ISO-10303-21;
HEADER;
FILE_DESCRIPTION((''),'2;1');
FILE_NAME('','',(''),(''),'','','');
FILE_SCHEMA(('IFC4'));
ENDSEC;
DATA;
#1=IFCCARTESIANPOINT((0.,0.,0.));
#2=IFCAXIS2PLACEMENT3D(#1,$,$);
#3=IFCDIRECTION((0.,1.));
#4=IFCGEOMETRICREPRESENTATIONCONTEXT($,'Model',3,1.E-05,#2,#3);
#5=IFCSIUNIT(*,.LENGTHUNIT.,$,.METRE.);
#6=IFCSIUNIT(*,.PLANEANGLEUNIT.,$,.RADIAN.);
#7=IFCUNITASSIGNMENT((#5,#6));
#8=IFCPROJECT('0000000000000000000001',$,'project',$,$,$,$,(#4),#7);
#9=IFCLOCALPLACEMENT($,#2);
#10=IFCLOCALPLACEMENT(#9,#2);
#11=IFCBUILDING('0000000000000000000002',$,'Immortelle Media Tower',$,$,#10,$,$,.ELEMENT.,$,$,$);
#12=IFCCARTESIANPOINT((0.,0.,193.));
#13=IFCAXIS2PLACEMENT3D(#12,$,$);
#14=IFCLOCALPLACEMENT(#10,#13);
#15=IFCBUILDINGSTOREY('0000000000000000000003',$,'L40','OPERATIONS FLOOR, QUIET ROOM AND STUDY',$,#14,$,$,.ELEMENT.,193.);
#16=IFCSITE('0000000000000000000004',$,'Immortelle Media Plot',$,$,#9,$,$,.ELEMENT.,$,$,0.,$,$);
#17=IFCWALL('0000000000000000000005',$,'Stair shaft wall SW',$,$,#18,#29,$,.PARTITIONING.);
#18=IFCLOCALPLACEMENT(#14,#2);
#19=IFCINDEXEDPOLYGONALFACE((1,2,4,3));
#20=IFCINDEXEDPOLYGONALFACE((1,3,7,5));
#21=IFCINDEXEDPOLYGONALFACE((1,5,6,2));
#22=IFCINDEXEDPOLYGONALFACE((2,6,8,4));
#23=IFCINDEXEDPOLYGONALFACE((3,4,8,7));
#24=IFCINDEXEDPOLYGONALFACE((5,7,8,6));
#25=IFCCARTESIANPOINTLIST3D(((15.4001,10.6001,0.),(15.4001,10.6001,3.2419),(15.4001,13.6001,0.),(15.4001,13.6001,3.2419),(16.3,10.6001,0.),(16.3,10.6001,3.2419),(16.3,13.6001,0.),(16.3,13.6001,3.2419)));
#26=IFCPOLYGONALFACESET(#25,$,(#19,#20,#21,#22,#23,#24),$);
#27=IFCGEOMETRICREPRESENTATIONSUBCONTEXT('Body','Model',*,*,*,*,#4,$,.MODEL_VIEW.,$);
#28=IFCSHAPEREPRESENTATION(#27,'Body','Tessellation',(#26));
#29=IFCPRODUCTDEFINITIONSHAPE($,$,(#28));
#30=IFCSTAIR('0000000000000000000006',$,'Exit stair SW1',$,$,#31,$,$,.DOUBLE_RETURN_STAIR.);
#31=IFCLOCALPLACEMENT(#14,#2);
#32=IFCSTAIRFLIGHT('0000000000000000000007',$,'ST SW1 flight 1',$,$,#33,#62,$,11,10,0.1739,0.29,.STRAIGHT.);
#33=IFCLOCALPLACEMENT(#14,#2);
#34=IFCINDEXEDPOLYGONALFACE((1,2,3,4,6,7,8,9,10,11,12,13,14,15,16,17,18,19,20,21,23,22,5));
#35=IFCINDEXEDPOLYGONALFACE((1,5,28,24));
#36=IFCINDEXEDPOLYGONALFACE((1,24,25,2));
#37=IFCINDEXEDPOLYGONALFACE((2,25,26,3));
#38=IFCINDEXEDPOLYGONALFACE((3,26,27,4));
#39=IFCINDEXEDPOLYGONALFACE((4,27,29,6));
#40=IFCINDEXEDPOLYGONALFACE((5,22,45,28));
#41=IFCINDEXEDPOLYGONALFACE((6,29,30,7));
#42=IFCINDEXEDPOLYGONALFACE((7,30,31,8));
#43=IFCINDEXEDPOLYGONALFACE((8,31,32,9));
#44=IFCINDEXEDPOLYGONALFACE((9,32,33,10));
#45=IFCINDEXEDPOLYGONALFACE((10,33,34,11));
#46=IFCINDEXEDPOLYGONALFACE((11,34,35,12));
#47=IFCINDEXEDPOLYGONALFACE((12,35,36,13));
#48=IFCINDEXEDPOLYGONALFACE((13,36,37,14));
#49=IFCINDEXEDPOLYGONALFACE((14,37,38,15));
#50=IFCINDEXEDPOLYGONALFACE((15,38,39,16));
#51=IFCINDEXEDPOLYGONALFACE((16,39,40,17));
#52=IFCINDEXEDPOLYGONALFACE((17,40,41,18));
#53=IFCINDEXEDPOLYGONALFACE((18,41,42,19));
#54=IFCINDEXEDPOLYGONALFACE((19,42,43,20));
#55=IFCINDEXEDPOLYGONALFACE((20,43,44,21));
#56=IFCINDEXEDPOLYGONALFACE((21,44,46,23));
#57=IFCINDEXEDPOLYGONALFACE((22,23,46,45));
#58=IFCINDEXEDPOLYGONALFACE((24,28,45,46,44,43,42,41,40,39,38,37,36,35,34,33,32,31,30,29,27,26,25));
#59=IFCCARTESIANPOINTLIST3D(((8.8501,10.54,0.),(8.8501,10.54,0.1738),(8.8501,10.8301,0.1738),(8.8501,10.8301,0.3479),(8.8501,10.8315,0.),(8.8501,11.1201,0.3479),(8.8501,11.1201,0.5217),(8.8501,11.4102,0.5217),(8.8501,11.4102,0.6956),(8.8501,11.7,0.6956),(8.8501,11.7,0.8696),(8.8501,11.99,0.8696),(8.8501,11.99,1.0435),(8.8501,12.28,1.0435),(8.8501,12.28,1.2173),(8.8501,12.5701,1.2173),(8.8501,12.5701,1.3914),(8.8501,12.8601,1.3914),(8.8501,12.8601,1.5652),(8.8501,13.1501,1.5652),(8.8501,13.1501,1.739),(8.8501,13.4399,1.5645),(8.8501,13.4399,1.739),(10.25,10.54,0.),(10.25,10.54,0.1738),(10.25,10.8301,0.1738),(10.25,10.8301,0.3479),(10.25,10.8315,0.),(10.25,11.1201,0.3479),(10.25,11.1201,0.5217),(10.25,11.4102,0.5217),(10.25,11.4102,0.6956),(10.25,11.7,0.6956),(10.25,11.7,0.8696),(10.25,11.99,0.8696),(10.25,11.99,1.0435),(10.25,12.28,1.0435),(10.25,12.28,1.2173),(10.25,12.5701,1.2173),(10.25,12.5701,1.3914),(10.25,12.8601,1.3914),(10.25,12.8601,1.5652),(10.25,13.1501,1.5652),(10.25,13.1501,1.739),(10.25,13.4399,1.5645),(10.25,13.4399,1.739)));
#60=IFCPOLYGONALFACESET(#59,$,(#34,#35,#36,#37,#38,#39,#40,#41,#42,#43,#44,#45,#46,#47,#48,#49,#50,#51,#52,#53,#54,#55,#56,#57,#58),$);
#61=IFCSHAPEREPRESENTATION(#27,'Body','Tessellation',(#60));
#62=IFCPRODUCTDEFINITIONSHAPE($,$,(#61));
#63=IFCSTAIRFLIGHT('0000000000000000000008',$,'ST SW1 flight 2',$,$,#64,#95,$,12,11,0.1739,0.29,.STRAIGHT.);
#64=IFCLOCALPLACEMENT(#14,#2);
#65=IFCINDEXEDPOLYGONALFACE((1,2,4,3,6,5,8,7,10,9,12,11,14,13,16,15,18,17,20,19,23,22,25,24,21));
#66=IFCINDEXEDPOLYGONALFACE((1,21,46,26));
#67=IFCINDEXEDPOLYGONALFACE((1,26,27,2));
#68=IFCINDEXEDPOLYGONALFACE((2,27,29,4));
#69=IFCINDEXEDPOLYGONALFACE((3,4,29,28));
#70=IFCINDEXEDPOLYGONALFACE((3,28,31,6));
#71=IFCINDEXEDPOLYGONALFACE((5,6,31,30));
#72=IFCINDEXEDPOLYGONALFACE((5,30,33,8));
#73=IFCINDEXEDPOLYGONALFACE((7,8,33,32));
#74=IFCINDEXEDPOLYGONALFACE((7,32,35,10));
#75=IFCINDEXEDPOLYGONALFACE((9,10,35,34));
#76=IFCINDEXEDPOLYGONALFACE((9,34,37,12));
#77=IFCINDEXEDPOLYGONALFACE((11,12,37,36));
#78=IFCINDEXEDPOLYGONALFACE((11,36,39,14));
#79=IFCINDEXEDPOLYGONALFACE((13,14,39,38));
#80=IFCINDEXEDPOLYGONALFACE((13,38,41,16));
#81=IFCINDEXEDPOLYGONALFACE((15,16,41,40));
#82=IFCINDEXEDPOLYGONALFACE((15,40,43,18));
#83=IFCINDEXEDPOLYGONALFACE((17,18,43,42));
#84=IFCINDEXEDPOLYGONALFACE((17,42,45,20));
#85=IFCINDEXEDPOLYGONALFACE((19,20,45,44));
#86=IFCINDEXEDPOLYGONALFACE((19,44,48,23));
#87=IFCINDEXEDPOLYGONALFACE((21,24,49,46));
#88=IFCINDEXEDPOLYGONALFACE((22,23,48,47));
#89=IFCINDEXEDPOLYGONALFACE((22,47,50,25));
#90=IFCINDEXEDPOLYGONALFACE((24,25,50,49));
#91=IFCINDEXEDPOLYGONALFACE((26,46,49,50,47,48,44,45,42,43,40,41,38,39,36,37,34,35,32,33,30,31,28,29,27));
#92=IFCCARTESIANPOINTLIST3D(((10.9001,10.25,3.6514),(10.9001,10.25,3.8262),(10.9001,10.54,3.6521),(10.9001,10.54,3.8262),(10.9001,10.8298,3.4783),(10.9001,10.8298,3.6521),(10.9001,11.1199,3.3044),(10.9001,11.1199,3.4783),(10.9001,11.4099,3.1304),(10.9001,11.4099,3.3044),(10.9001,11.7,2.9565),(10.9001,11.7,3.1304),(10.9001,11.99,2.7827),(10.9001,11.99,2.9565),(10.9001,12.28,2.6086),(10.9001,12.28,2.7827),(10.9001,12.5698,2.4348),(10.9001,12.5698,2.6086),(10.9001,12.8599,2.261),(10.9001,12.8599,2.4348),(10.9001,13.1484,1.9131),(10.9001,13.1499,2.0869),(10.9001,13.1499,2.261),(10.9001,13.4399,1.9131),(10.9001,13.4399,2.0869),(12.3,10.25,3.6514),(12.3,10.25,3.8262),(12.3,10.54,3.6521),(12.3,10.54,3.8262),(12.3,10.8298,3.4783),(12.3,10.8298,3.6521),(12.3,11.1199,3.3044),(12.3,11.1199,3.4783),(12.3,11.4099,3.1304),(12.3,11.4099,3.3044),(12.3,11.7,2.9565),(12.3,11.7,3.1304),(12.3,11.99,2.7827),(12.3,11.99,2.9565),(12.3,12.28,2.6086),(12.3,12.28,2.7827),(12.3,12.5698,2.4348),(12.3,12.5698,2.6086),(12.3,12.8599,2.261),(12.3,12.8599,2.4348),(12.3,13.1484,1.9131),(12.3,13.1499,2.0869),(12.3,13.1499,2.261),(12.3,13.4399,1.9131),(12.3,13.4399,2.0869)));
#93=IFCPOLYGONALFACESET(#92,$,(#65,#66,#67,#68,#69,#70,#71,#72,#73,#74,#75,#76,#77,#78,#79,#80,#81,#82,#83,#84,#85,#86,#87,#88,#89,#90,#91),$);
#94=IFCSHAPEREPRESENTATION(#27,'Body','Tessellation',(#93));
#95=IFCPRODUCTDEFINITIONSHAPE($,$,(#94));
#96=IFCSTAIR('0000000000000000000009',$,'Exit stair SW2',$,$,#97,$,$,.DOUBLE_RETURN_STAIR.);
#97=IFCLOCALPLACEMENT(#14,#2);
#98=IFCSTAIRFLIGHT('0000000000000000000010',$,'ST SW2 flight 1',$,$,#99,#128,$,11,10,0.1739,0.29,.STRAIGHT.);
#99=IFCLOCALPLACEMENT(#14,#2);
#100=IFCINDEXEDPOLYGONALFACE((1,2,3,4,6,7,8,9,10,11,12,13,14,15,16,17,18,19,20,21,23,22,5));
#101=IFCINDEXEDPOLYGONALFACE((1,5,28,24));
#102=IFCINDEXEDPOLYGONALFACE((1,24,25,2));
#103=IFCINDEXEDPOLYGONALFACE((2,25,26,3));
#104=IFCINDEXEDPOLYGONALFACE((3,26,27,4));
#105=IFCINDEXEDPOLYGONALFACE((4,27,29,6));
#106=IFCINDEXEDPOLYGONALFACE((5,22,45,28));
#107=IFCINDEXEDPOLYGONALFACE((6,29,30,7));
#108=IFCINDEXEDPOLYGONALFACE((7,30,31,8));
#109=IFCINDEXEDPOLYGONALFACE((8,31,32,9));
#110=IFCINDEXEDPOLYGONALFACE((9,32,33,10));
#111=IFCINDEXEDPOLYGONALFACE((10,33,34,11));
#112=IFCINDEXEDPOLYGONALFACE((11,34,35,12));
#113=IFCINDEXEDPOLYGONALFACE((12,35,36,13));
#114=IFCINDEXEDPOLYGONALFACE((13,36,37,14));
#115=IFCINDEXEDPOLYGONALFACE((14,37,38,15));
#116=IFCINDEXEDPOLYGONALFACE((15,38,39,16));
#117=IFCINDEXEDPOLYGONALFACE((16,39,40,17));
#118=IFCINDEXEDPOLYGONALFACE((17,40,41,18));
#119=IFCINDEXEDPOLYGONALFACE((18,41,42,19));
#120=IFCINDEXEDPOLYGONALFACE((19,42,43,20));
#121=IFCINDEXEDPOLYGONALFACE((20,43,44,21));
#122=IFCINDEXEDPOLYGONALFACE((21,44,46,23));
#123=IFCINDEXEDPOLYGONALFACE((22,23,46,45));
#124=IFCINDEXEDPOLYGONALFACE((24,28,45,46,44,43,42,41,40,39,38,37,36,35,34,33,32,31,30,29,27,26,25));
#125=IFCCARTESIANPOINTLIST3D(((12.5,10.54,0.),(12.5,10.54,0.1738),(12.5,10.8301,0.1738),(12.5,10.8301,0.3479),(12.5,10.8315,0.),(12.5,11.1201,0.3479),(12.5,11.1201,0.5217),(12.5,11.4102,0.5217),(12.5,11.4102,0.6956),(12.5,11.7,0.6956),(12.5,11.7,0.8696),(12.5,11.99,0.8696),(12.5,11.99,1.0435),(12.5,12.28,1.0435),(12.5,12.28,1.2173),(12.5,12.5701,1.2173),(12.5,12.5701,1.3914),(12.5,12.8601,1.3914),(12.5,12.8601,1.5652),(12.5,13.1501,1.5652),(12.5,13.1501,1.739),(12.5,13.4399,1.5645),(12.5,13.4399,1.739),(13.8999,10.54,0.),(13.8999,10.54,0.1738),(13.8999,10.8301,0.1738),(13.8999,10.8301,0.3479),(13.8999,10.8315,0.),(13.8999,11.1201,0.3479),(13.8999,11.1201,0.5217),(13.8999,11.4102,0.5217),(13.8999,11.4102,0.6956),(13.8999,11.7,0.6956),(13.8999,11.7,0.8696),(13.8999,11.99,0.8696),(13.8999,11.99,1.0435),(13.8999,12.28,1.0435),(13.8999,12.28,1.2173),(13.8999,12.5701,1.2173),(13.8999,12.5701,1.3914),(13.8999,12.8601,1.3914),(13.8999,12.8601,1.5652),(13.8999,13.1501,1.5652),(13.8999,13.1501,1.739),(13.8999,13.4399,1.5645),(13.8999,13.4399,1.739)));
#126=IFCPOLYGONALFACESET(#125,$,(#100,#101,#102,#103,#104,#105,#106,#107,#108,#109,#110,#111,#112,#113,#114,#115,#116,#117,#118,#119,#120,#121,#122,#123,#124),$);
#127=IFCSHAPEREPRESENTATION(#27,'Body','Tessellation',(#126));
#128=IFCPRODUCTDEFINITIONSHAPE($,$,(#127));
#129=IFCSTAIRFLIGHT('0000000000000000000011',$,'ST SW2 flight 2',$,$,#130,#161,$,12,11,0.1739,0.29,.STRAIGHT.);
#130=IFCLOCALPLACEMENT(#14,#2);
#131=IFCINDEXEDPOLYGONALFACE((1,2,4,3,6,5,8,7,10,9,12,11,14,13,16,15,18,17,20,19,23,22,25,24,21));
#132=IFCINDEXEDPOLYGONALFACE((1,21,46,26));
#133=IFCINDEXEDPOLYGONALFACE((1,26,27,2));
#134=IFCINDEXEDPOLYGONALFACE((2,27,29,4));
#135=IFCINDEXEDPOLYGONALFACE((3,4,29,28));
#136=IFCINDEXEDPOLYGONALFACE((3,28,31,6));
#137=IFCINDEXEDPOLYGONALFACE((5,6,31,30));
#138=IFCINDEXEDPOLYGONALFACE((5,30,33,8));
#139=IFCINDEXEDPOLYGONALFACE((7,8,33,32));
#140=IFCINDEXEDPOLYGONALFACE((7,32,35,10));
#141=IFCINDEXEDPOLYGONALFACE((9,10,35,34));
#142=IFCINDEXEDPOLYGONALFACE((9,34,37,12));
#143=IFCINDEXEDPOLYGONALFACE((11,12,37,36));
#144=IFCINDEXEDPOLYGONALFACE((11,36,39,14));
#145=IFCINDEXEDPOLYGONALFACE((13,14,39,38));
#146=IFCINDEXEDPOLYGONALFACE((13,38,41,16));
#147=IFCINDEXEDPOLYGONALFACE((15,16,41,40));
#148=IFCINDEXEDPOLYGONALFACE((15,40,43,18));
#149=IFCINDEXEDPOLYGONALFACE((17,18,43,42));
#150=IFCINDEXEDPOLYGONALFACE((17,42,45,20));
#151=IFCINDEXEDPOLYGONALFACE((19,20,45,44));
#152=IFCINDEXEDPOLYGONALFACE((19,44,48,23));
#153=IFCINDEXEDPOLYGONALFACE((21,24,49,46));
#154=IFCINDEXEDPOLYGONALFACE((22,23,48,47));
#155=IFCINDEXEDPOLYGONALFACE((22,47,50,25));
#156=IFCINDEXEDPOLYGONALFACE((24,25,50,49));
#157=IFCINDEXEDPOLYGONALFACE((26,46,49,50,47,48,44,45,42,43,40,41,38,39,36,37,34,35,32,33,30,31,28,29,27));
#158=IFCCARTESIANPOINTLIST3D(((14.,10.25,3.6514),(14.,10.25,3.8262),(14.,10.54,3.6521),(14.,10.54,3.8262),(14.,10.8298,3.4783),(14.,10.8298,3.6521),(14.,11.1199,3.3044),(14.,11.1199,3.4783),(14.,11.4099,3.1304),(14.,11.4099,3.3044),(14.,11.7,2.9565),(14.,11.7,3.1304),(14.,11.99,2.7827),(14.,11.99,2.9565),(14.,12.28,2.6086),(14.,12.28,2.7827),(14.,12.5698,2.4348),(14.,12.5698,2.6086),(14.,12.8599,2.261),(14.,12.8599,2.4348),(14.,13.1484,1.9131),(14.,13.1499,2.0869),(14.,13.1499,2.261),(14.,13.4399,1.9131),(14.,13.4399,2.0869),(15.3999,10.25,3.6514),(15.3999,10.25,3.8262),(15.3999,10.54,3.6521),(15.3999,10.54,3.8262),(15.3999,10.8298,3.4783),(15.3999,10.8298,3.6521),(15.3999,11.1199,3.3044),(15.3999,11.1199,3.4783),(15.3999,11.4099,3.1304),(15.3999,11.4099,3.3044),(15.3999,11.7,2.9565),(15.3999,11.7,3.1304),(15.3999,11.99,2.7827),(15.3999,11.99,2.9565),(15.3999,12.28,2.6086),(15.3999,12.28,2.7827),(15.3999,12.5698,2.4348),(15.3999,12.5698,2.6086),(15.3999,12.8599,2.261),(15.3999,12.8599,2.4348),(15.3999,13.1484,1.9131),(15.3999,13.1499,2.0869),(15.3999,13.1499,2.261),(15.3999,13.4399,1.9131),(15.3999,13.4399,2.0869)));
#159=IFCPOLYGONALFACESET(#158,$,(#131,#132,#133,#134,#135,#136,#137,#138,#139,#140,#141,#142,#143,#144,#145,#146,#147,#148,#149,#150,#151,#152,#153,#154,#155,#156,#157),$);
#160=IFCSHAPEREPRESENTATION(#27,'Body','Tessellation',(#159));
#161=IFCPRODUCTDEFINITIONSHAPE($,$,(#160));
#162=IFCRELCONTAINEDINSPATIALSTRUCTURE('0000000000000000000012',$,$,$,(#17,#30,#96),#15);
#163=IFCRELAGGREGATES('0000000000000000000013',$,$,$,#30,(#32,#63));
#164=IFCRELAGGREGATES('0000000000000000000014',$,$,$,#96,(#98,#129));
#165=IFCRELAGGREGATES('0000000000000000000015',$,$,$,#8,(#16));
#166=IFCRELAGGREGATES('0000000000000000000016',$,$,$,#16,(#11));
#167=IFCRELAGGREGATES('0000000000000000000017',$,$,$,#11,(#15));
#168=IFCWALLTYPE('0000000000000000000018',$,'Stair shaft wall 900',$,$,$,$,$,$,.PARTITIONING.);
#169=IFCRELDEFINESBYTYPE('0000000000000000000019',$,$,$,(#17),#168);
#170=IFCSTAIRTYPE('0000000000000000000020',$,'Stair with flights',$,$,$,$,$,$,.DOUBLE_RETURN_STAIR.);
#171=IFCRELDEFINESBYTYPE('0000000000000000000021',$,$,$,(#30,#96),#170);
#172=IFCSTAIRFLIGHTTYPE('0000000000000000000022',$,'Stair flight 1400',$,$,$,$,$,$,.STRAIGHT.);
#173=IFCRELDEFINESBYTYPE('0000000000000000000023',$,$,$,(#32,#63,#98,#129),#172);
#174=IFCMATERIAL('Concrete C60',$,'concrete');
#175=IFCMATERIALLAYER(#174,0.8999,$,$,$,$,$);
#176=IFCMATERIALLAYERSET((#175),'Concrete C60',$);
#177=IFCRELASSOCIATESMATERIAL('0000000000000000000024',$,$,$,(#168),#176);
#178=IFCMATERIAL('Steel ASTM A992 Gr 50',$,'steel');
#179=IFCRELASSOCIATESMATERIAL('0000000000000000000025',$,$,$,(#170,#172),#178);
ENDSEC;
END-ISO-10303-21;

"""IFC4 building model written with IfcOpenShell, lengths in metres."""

from ifc_helpers import new_model, si_unit, direction, frame, frame_2d, origin, place, context, subcontext, project, spatial, polyline, rectangle, outline, extrude, material, layer, layer_set, type_object, element, aggregate, save


model = new_model("IFC4")

# Units and contexts
model_context = context("Model", 3, precision=1e-05, world=origin(), true_north=direction((0.0, 1.0)))
body_context = subcontext(model_context, "Body", "Model", "MODEL_VIEW")
ifc_project = project(units=[si_unit("LENGTHUNIT", "METRE"), si_unit("PLANEANGLEUNIT", "RADIAN")], contexts=[model_context])

# Site, building, storey
site_placement = place(None, origin())
site = spatial("IfcSite", under=ifc_project, at=site_placement, Name="Immortelle Media Plot", CompositionType="ELEMENT", RefElevation=0.0)
building_placement = place(site_placement, origin())
building = spatial("IfcBuilding", under=site, at=building_placement, Name="Immortelle Media Tower", CompositionType="ELEMENT")
storey_placement = place(building_placement, frame((0.0, 0.0, 193.0)))
storey = spatial("IfcBuildingStorey", under=building, at=storey_placement, Name="L40", Description="OPERATIONS FLOOR, QUIET ROOM AND STUDY", CompositionType="ELEMENT", Elevation=193.0)

# Shared definitions
ifc_material_1 = material(Name="Steel ASTM A992 Gr 50", Category="steel")

# Shared definitions
ifc_material_2 = material(Name="Concrete C60", Category="concrete")

# Shared definitions
ifc_layer_1 = layer(ifc_material_2, 0.8999)
ifc_layer_set_1 = layer_set([ifc_layer_1], Name="Concrete C60")
wall_type_1 = type_object("IfcWallType", Name="Stair shaft wall 900", PredefinedType="PARTITIONING", material=ifc_layer_set_1)

# Wall
wall_1_placement = place(storey_placement, frame((15.8501, 10.6001, 0.0), z_axis=(0.0, 0.0, 1.0), x_axis=(0.0, 1.0, 0.0)))
element("IfcWall", 1, at=wall_1_placement, inside=storey, type_object=wall_type_1, Name="Stair shaft wall SW", PredefinedType="PARTITIONING", context=body_context, shape_type="SweptSolid", body=[
    extrude(rectangle(XDim=3.0, YDim=0.8999, at=frame_2d((1.5, 0.0))), origin(), (0.0, 0.0, 1.0), 3.2419),
])

# Stairs, stair flights
stair_type = type_object("IfcStairType", Name="Stair with flights", PredefinedType="DOUBLE_RETURN_STAIR", material=ifc_material_1)
stair_1_placement = place(storey_placement, origin())
stair_1 = element("IfcStair", 2, at=stair_1_placement, inside=storey, type_object=stair_type, Name="Exit stair SW1", PredefinedType="DOUBLE_RETURN_STAIR")
stair_flight_type = type_object("IfcStairFlightType", Name="Stair flight 1400", PredefinedType="STRAIGHT", material=ifc_material_1)
stair_flight_1_placement = place(storey_placement, frame((9.55, 10.54, 0.0), z_axis=(0.0, 0.0, 1.0), x_axis=(0.0, 1.0, 0.0)))
stair_flight_1 = element("IfcStairFlight", 3, at=stair_flight_1_placement, type_object=stair_flight_type, Name="ST SW1 flight 1", NumberOfRisers=11, NumberOfTreads=10, PredefinedType="STRAIGHT", RiserHeight=0.1739, TreadLength=0.29, context=body_context, shape_type="SweptSolid", body=[
    extrude(outline(polyline([(0.0, 0.0), (0.0, 0.1738), (0.29, 0.1738), (0.29, 0.3479), (0.5801, 0.3479), (0.5801, 0.5217), (0.8701, 0.5217), (0.8701, 0.6956), (1.1599, 0.6956), (1.1599, 0.8696), (1.45, 0.8696), (1.45, 1.0435), (1.74, 1.0435), (1.74, 1.2173), (2.03, 1.2173), (2.03, 1.3914), (2.3201, 1.3914), (2.3201, 1.5652), (2.6101, 1.5652), (2.6101, 1.739), (2.8999, 1.739), (2.8999, 1.9131), (2.8999, 1.5645), (0.2915, 0.0), (0.0, 0.0)])), frame((0.0, 0.7, 0.0), z_axis=(0.0, -1.0, 0.0), x_axis=(1.0, 0.0, 0.0)), (0.0, 0.0, 1.0), 1.3999),
])
stair_flight_2_placement = place(storey_placement, frame((11.6001, 13.4399, 1.9131), z_axis=(0.0, 0.0, 1.0), x_axis=(0.0, -1.0, 0.0)))
stair_flight_2 = element("IfcStairFlight", 4, at=stair_flight_2_placement, type_object=stair_flight_type, Name="ST SW1 flight 2", NumberOfRisers=12, NumberOfTreads=11, PredefinedType="STRAIGHT", RiserHeight=0.1739, TreadLength=0.29, context=body_context, shape_type="SweptSolid", body=[
    extrude(outline(polyline([(0.0, 0.0), (0.0, 0.1738), (0.29, 0.1738), (0.29, 0.3479), (0.5801, 0.3479), (0.5801, 0.5217), (0.8701, 0.5217), (0.8701, 0.6956), (1.1599, 0.6956), (1.1599, 0.8696), (1.45, 0.8696), (1.45, 1.0435), (1.74, 1.0435), (1.74, 1.2173), (2.03, 1.2173), (2.03, 1.3914), (2.3201, 1.3914), (2.3201, 1.5652), (2.6101, 1.5652), (2.6101, 1.739), (2.8999, 1.739), (2.8999, 1.9131), (3.1899, 1.9131), (3.1899, 2.0869), (3.1899, 1.7383), (0.2915, 0.0), (0.0, 0.0)])), frame((0.0, 0.7, 0.0), z_axis=(0.0, -1.0, 0.0), x_axis=(1.0, 0.0, 0.0)), (0.0, 0.0, 1.0), 1.3999),
])
aggregate(stair_1, [stair_flight_1, stair_flight_2])
stair_2_placement = place(storey_placement, origin())
stair_2 = element("IfcStair", 5, at=stair_2_placement, inside=storey, type_object=stair_type, Name="Exit stair SW2", PredefinedType="DOUBLE_RETURN_STAIR")
stair_flight_3_placement = place(storey_placement, frame((13.2, 10.54, 0.0), z_axis=(0.0, 0.0, 1.0), x_axis=(0.0, 1.0, 0.0)))
stair_flight_3 = element("IfcStairFlight", 6, at=stair_flight_3_placement, type_object=stair_flight_type, Name="ST SW2 flight 1", NumberOfRisers=11, NumberOfTreads=10, PredefinedType="STRAIGHT", RiserHeight=0.1739, TreadLength=0.29, context=body_context, shape_type="SweptSolid", body=[
    extrude(outline(polyline([(0.0, 0.0), (0.0, 0.1738), (0.29, 0.1738), (0.29, 0.3479), (0.5801, 0.3479), (0.5801, 0.5217), (0.8701, 0.5217), (0.8701, 0.6956), (1.1599, 0.6956), (1.1599, 0.8696), (1.45, 0.8696), (1.45, 1.0435), (1.74, 1.0435), (1.74, 1.2173), (2.03, 1.2173), (2.03, 1.3914), (2.3201, 1.3914), (2.3201, 1.5652), (2.6101, 1.5652), (2.6101, 1.739), (2.8999, 1.739), (2.8999, 1.9131), (2.8999, 1.5645), (0.2915, 0.0), (0.0, 0.0)])), frame((0.0, 0.7, 0.0), z_axis=(0.0, -1.0, 0.0), x_axis=(1.0, 0.0, 0.0)), (0.0, 0.0, 1.0), 1.3999),
])
stair_flight_4_placement = place(storey_placement, frame((14.7, 13.4399, 1.9131), z_axis=(0.0, 0.0, 1.0), x_axis=(0.0, -1.0, 0.0)))
stair_flight_4 = element("IfcStairFlight", 7, at=stair_flight_4_placement, type_object=stair_flight_type, Name="ST SW2 flight 2", NumberOfRisers=12, NumberOfTreads=11, PredefinedType="STRAIGHT", RiserHeight=0.1739, TreadLength=0.29, context=body_context, shape_type="SweptSolid", body=[
    extrude(outline(polyline([(0.0, 0.0), (0.0, 0.1738), (0.29, 0.1738), (0.29, 0.3479), (0.5801, 0.3479), (0.5801, 0.5217), (0.8701, 0.5217), (0.8701, 0.6956), (1.1599, 0.6956), (1.1599, 0.8696), (1.45, 0.8696), (1.45, 1.0435), (1.74, 1.0435), (1.74, 1.2173), (2.03, 1.2173), (2.03, 1.3914), (2.3201, 1.3914), (2.3201, 1.5652), (2.6101, 1.5652), (2.6101, 1.739), (2.8999, 1.739), (2.8999, 1.9131), (3.1899, 1.9131), (3.1899, 2.0869), (3.1899, 1.7383), (0.2915, 0.0), (0.0, 0.0)])), frame((0.0, 0.7, 0.0), z_axis=(0.0, -1.0, 0.0), x_axis=(1.0, 0.0, 0.0)), (0.0, 0.0, 1.0), 1.3999),
])
aggregate(stair_2, [stair_flight_3, stair_flight_4])

save(model, "model.ifc")
